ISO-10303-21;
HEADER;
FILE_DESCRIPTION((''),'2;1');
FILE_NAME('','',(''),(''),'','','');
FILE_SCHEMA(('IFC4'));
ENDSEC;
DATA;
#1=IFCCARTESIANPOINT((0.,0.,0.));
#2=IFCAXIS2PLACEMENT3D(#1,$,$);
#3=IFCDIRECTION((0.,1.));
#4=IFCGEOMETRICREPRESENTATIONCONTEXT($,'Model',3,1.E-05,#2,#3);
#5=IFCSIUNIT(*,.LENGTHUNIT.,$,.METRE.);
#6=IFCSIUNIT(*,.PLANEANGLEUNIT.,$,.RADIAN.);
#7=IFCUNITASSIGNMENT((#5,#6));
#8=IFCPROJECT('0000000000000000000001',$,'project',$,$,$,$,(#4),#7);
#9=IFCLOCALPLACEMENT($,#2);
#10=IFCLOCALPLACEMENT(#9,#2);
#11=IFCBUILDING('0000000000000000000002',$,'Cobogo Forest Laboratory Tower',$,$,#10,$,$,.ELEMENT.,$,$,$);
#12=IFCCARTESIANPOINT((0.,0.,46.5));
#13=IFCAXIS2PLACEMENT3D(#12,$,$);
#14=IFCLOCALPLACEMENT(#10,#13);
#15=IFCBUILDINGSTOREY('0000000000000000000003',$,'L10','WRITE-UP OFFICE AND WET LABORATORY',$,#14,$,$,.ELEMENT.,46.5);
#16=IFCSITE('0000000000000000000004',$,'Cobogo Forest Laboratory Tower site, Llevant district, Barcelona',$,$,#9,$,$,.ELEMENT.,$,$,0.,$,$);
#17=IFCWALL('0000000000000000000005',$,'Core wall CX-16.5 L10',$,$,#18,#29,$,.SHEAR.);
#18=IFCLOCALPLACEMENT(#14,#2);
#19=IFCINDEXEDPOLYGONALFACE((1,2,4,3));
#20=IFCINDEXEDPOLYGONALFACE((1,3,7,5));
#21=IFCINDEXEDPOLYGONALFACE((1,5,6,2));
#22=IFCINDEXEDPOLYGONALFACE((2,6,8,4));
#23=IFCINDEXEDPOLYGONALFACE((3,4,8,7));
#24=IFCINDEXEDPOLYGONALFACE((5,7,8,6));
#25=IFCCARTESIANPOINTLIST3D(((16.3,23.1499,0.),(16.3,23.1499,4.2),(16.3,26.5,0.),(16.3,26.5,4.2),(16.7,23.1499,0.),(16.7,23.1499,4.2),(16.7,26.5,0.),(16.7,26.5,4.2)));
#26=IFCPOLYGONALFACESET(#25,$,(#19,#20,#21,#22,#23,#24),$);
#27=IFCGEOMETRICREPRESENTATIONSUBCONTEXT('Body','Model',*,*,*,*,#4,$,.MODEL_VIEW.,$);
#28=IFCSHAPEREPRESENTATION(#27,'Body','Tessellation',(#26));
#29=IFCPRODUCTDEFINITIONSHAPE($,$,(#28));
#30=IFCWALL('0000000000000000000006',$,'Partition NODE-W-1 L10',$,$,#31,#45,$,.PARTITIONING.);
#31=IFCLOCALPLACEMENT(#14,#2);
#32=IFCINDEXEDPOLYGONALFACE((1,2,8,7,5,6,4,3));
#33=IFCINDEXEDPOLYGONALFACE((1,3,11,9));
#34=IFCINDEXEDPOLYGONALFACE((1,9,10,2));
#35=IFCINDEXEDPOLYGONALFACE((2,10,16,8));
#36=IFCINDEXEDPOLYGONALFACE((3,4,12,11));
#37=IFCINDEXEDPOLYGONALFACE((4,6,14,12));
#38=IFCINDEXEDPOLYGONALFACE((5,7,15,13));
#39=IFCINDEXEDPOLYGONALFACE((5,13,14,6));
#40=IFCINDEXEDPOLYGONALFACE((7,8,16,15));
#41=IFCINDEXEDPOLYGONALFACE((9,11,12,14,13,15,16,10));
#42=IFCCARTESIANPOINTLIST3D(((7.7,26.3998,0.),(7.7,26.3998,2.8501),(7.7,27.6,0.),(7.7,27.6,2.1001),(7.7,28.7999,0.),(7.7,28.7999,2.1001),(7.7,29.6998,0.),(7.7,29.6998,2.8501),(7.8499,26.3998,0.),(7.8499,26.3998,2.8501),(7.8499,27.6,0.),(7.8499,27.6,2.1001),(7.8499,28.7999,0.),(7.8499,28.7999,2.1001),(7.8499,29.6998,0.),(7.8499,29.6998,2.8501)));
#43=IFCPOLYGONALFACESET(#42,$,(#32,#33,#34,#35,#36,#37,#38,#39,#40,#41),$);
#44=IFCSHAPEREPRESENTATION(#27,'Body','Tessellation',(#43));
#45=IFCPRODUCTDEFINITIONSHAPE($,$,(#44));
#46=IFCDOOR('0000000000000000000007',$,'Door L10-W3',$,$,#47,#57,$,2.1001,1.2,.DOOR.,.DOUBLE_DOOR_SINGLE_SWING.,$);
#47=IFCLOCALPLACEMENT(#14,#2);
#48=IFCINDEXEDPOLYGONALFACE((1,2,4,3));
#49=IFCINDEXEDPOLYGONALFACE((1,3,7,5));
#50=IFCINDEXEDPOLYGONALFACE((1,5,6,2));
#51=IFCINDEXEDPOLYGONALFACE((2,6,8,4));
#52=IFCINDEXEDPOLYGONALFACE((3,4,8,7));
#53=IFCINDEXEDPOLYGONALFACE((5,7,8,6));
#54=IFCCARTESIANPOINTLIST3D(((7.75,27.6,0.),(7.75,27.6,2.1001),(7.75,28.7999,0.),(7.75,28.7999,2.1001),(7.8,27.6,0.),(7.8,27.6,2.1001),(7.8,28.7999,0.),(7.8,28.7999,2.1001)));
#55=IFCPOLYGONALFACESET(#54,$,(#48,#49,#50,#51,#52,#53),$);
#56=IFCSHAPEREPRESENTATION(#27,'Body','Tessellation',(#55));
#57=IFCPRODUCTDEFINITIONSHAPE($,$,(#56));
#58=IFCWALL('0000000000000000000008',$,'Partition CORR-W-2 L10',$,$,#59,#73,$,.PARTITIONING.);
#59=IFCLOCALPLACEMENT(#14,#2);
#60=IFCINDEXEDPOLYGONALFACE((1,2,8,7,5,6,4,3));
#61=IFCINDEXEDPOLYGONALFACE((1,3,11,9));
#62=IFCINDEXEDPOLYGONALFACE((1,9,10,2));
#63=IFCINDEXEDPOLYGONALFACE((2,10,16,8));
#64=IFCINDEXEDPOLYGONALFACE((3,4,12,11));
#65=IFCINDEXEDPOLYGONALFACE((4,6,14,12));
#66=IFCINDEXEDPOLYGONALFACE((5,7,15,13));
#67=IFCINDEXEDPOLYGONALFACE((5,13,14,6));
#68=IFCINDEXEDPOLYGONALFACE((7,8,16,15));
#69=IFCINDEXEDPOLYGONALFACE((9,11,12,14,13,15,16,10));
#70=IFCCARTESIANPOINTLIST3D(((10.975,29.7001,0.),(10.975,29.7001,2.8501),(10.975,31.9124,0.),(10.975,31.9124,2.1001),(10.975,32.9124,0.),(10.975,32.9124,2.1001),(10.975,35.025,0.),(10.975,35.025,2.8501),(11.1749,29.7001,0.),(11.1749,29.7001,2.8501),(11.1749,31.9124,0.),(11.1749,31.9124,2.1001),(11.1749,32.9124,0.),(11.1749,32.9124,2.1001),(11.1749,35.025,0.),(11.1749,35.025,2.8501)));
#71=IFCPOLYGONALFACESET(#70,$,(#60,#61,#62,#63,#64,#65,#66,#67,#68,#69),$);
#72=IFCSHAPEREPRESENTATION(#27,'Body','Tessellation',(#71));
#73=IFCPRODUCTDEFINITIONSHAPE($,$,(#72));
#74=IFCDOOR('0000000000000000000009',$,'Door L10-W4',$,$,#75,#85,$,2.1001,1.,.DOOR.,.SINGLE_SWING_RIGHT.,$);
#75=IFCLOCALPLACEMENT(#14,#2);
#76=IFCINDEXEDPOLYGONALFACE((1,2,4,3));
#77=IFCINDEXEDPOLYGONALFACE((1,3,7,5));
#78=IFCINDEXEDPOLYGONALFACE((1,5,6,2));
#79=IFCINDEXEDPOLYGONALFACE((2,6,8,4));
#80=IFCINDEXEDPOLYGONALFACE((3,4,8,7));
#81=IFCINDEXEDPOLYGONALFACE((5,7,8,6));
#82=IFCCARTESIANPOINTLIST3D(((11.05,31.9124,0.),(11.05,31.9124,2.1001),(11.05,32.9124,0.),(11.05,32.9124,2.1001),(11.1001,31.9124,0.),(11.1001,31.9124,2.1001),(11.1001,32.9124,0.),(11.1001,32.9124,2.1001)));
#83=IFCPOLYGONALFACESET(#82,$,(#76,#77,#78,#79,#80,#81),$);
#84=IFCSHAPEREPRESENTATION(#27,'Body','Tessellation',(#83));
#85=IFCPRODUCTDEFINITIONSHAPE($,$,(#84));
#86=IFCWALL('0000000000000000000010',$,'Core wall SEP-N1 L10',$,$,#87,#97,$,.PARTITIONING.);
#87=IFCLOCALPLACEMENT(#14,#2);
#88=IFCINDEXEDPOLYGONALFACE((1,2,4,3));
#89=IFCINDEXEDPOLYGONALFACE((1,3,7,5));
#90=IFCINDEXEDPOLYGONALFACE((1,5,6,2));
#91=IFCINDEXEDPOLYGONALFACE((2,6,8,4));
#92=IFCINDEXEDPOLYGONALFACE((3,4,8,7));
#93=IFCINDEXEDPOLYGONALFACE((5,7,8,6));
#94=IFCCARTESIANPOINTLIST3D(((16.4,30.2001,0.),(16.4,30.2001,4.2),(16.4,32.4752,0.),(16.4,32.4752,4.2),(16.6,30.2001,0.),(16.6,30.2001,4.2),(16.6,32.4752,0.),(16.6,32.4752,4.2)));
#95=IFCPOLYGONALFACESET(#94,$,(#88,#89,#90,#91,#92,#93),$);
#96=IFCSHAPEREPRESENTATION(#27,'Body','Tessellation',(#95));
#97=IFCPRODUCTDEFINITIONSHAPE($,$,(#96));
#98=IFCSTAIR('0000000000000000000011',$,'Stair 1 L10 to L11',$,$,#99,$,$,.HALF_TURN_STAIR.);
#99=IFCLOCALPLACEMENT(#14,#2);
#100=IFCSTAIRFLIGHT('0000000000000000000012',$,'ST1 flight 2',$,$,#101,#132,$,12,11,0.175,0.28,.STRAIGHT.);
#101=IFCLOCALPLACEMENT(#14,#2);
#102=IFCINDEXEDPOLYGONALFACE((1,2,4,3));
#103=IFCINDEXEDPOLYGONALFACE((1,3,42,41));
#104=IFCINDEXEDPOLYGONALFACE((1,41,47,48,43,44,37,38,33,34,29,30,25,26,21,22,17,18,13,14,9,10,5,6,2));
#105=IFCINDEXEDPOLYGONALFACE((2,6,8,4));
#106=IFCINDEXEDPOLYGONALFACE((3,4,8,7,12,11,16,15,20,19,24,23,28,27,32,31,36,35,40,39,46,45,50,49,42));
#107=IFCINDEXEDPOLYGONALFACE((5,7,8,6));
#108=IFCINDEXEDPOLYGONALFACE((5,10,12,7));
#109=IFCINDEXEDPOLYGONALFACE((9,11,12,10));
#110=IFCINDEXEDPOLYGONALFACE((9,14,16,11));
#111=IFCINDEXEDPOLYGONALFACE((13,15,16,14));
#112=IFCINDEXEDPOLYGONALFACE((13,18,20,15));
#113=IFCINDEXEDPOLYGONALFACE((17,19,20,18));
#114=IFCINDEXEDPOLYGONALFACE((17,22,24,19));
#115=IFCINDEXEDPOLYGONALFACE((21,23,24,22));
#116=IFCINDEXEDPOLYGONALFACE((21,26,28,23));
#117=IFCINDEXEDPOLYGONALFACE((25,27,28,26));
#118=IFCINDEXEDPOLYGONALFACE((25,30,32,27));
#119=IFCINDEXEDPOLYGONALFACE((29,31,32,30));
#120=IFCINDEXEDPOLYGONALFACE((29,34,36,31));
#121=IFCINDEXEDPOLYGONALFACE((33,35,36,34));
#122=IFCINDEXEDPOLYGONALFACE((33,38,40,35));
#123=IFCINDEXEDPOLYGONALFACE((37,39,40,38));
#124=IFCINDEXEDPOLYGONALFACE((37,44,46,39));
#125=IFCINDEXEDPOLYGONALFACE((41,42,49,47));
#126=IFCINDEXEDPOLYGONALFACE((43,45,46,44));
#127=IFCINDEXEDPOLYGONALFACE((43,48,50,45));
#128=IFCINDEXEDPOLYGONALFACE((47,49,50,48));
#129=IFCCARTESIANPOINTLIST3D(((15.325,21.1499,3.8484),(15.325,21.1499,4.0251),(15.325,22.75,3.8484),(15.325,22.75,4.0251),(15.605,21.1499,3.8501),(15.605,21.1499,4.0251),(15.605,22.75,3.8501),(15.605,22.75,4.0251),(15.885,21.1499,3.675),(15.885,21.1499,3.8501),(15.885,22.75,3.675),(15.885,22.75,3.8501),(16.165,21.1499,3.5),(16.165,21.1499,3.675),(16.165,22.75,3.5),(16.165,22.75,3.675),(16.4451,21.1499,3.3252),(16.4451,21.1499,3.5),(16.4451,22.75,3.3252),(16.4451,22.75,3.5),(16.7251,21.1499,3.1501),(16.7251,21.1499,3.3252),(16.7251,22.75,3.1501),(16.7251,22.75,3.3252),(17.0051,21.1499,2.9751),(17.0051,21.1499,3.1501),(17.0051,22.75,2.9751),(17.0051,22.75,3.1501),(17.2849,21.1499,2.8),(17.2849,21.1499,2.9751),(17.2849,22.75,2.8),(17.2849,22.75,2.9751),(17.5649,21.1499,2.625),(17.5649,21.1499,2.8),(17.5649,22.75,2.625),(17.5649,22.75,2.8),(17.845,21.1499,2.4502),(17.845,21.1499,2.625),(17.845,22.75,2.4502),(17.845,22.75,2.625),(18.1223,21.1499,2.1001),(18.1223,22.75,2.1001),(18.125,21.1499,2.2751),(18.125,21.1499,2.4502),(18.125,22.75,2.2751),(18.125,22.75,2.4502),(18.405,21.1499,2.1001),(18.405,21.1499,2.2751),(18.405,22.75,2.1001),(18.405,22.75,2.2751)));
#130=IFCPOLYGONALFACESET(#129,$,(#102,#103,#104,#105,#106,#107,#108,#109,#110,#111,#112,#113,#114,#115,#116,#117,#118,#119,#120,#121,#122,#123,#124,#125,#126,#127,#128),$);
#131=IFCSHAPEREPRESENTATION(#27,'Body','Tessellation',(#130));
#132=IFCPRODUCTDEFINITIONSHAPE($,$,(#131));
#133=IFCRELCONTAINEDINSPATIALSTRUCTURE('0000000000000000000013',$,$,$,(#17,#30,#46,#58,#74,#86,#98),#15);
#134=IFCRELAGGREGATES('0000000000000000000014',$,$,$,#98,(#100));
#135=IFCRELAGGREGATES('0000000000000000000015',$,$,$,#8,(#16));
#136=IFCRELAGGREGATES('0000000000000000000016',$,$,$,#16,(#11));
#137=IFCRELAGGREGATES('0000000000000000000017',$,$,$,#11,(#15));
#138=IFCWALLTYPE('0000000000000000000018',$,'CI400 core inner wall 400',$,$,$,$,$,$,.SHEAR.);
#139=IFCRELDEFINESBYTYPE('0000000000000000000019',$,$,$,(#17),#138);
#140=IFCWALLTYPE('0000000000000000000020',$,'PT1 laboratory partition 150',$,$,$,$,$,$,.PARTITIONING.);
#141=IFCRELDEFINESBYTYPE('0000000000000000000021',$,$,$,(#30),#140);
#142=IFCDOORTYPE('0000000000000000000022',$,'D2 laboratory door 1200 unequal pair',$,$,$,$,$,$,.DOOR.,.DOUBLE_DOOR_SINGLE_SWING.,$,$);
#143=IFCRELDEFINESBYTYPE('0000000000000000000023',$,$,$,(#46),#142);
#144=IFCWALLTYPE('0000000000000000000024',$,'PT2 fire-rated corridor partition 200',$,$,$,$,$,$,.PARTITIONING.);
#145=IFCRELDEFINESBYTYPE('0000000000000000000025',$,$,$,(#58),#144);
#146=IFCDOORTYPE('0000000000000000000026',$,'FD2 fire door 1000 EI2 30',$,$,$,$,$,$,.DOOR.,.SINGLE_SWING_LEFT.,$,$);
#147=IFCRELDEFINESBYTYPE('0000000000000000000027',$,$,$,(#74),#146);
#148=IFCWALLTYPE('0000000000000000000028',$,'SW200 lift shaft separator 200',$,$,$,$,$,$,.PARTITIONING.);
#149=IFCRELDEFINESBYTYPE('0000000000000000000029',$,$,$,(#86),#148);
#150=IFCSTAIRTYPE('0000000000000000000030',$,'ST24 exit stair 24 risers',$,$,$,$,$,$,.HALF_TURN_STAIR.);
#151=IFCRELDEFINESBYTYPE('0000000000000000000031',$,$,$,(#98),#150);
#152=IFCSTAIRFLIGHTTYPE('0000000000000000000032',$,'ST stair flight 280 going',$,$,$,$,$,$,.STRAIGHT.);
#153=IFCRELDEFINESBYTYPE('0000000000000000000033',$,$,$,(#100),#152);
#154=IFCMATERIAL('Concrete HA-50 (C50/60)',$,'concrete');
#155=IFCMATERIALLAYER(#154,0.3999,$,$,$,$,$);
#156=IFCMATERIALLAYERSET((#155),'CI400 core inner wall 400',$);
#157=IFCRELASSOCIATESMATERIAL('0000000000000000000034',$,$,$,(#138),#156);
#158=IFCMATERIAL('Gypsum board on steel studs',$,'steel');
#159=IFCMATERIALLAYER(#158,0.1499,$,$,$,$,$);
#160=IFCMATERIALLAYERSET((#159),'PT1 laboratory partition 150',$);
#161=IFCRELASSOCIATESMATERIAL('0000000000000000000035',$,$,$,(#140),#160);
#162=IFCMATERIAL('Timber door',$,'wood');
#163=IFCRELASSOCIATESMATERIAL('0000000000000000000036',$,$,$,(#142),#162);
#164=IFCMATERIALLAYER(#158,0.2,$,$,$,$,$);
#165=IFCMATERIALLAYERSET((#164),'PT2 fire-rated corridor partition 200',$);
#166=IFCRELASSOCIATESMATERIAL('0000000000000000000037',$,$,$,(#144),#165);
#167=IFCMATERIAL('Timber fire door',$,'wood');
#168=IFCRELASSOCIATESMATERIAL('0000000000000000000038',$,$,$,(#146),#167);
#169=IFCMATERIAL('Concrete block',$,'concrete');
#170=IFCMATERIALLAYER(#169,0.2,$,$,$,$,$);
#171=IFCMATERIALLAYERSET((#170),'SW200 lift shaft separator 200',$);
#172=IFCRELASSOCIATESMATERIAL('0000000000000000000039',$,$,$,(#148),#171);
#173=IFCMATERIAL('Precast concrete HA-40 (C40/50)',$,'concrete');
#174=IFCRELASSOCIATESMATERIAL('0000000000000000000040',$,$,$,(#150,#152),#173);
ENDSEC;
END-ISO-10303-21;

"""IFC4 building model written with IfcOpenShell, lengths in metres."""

from ifc_helpers import new_model, si_unit, direction, frame, frame_2d, origin, place, context, subcontext, project, spatial, polyline, rectangle, outline, extrude, material, layer, layer_set, type_object, element, fill, aggregate, save


model = new_model("IFC4")

# Units and contexts
model_context = context("Model", 3, precision=1e-05, world=origin(), true_north=direction((0.0, 1.0)))
body_context = subcontext(model_context, "Body", "Model", "MODEL_VIEW")
ifc_project = project(units=[si_unit("LENGTHUNIT", "METRE"), si_unit("PLANEANGLEUNIT", "RADIAN")], contexts=[model_context])

# Site, building, storey
site_placement = place(None, origin())
site = spatial("IfcSite", under=ifc_project, at=site_placement, Name="Cobogo Forest Laboratory Tower site, Llevant district, Barcelona", CompositionType="ELEMENT", RefElevation=0.0)
building_placement = place(site_placement, origin())
building = spatial("IfcBuilding", under=site, at=building_placement, Name="Cobogo Forest Laboratory Tower", CompositionType="ELEMENT")
storey_placement = place(building_placement, frame((0.0, 0.0, 46.5)))
storey = spatial("IfcBuildingStorey", under=building, at=storey_placement, Name="L10", Description="WRITE-UP OFFICE AND WET LABORATORY", CompositionType="ELEMENT", Elevation=46.5)

# Shared definitions
ifc_material_1 = material(Name="Concrete HA-50 (C50/60)", Category="concrete")
ifc_layer_1 = layer(ifc_material_1, 0.3999)
ifc_layer_set_1 = layer_set([ifc_layer_1], Name="CI400 core inner wall 400")
wall_type_1 = type_object("IfcWallType", Name="CI400 core inner wall 400", PredefinedType="SHEAR", material=ifc_layer_set_1)

# Wall
wall_1_placement = place(storey_placement, frame((16.5, 23.1499, 0.0), z_axis=(0.0, 0.0, 1.0), x_axis=(0.0, 1.0, 0.0)))
element("IfcWall", 1, at=wall_1_placement, inside=storey, type_object=wall_type_1, Name="Core wall CX-16.5 L10", PredefinedType="SHEAR", context=body_context, shape_type="SweptSolid", body=[
    extrude(rectangle(XDim=3.3501, YDim=0.3999, at=frame_2d((1.675, 0.0))), origin(), (0.0, 0.0, 1.0), 4.2),
])

# Walls, openings, doors
ifc_material_2 = material(Name="Gypsum board on steel studs", Category="steel")
ifc_layer_2 = layer(ifc_material_2, 0.1499)
ifc_layer_set_2 = layer_set([ifc_layer_2], Name="PT1 laboratory partition 150")
wall_type_2 = type_object("IfcWallType", Name="PT1 laboratory partition 150", PredefinedType="PARTITIONING", material=ifc_layer_set_2)
wall_2_placement = place(storey_placement, frame((7.7749, 26.3999, 0.0), z_axis=(0.0, 0.0, 1.0), x_axis=(0.0, 1.0, 0.0)))
wall_2 = element("IfcWall", 2, at=wall_2_placement, inside=storey, type_object=wall_type_2, Name="Partition NODE-W-1 L10", PredefinedType="PARTITIONING", context=body_context, shape_type="SweptSolid", body=[
    extrude(rectangle(XDim=3.3, YDim=0.1499, at=frame_2d((1.6499, 0.0))), origin(), (0.0, 0.0, 1.0), 2.8501),
])
opening_1_placement = place(wall_2_placement, frame((1.2, 0.0, 0.0)))
opening_1 = element("IfcOpeningElement", 3, at=opening_1_placement, cuts=wall_2, PredefinedType="OPENING", context=body_context, shape_type="SweptSolid", body=[
    extrude(rectangle(XDim=1.2, YDim=2.1001, at=frame_2d((0.6001, 1.05))), frame((0.0, 0.085, 0.0), z_axis=(0.0, -1.0, 0.0), x_axis=(1.0, 0.0, 0.0)), (0.0, 0.0, 1.0), 0.1699),
])
ifc_material_3 = material(Name="Timber door", Category="wood")
door_type_1 = type_object("IfcDoorType", Name="D2 laboratory door 1200 unequal pair", OperationType="DOUBLE_DOOR_SINGLE_SWING", PredefinedType="DOOR", material=ifc_material_3)
door_1_placement = place(opening_1_placement, origin())
door_1 = element("IfcDoor", 4, at=door_1_placement, inside=storey, type_object=door_type_1, Name="Door L10-W3", OperationType="DOUBLE_DOOR_SINGLE_SWING", OverallHeight=2.1001, OverallWidth=1.2, PredefinedType="DOOR", context=body_context, shape_type="SweptSolid", body=[
    extrude(rectangle(XDim=1.2, YDim=2.1001, at=frame_2d((0.6001, 1.05))), frame((0.0, 0.0249, 0.0), z_axis=(0.0, -1.0, 0.0), x_axis=(1.0, 0.0, 0.0)), (0.0, 0.0, 1.0), 0.05),
])
fill(opening_1, door_1)
ifc_layer_3 = layer(ifc_material_2, 0.2)
ifc_layer_set_3 = layer_set([ifc_layer_3], Name="PT2 fire-rated corridor partition 200")
wall_type_3 = type_object("IfcWallType", Name="PT2 fire-rated corridor partition 200", PredefinedType="PARTITIONING", material=ifc_layer_set_3)
wall_3_placement = place(storey_placement, frame((11.075, 29.7, 0.0), z_axis=(0.0, 0.0, 1.0), x_axis=(0.0, 1.0, 0.0)))
wall_3 = element("IfcWall", 5, at=wall_3_placement, inside=storey, type_object=wall_type_3, Name="Partition CORR-W-2 L10", PredefinedType="PARTITIONING", context=body_context, shape_type="SweptSolid", body=[
    extrude(rectangle(XDim=5.325, YDim=0.2, at=frame_2d((2.6626, 0.0))), origin(), (0.0, 0.0, 1.0), 2.8501),
])
opening_2_placement = place(wall_3_placement, frame((2.2124, 0.0, 0.0)))
opening_2 = element("IfcOpeningElement", 6, at=opening_2_placement, cuts=wall_3, PredefinedType="OPENING", context=body_context, shape_type="SweptSolid", body=[
    extrude(rectangle(XDim=1.0, YDim=2.1001, at=frame_2d((0.5, 1.05))), frame((0.0, 0.1099, 0.0), z_axis=(0.0, -1.0, 0.0), x_axis=(1.0, 0.0, 0.0)), (0.0, 0.0, 1.0), 0.22),
])
ifc_material_4 = material(Name="Timber fire door", Category="wood")
door_type_2 = type_object("IfcDoorType", Name="FD2 fire door 1000 EI2 30", OperationType="SINGLE_SWING_LEFT", PredefinedType="DOOR", material=ifc_material_4)
door_2_placement = place(opening_2_placement, origin())
door_2 = element("IfcDoor", 7, at=door_2_placement, inside=storey, type_object=door_type_2, Name="Door L10-W4", OperationType="SINGLE_SWING_RIGHT", OverallHeight=2.1001, OverallWidth=1.0, PredefinedType="DOOR", context=body_context, shape_type="SweptSolid", body=[
    extrude(rectangle(XDim=1.0, YDim=2.1001, at=frame_2d((0.5, 1.05))), frame((0.0, 0.0249, 0.0), z_axis=(0.0, -1.0, 0.0), x_axis=(1.0, 0.0, 0.0)), (0.0, 0.0, 1.0), 0.05),
])
fill(opening_2, door_2)

# Wall
ifc_material_5 = material(Name="Concrete block", Category="concrete")
ifc_layer_4 = layer(ifc_material_5, 0.2)
ifc_layer_set_4 = layer_set([ifc_layer_4], Name="SW200 lift shaft separator 200")
wall_type_4 = type_object("IfcWallType", Name="SW200 lift shaft separator 200", PredefinedType="PARTITIONING", material=ifc_layer_set_4)
wall_4_placement = place(storey_placement, frame((16.5, 30.2, 0.0), z_axis=(0.0, 0.0, 1.0), x_axis=(0.0, 1.0, 0.0)))
element("IfcWall", 8, at=wall_4_placement, inside=storey, type_object=wall_type_4, Name="Core wall SEP-N1 L10", PredefinedType="PARTITIONING", context=body_context, shape_type="SweptSolid", body=[
    extrude(rectangle(XDim=2.2751, YDim=0.2, at=frame_2d((1.1377, 0.0))), origin(), (0.0, 0.0, 1.0), 4.2),
])

# Stair, stair flight
ifc_material_6 = material(Name="Precast concrete HA-40 (C40/50)", Category="concrete")
stair_type = type_object("IfcStairType", Name="ST24 exit stair 24 risers", PredefinedType="HALF_TURN_STAIR", material=ifc_material_6)
stair_placement = place(storey_placement, origin())
stair = element("IfcStair", 9, at=stair_placement, inside=storey, type_object=stair_type, Name="Stair 1 L10 to L11", PredefinedType="HALF_TURN_STAIR")
stair_flight_type = type_object("IfcStairFlightType", Name="ST stair flight 280 going", PredefinedType="STRAIGHT", material=ifc_material_6)
stair_flight_placement = place(storey_placement, frame((18.405, 21.95, 2.1001), z_axis=(0.0, 0.0, 1.0), x_axis=(-1.0, 0.0, 0.0)))
stair_flight = element("IfcStairFlight", 10, at=stair_flight_placement, type_object=stair_flight_type, Name="ST1 flight 2", NumberOfRisers=12, NumberOfTreads=11, PredefinedType="STRAIGHT", RiserHeight=0.175, TreadLength=0.28, context=body_context, shape_type="SweptSolid", body=[
    extrude(outline(polyline([(0.0, 0.0), (0.0, 0.175), (0.28, 0.175), (0.28, 0.3501), (0.5601, 0.3501), (0.5601, 0.5249), (0.8401, 0.5249), (0.8401, 0.7), (1.1201, 0.7), (1.1201, 0.875), (1.3999, 0.875), (1.3999, 1.05), (1.6799, 1.05), (1.6799, 1.2251), (1.96, 1.2251), (1.96, 1.3999), (2.24, 1.3999), (2.24, 1.575), (2.52, 1.575), (2.52, 1.75), (2.8, 1.75), (2.8, 1.925), (3.0801, 1.925), (3.0801, 2.1001), (3.0801, 1.7483), (0.2827, 0.0), (0.0, 0.0)])), frame((0.0, 0.8, 0.0), z_axis=(0.0, -1.0, 0.0), x_axis=(1.0, 0.0, 0.0)), (0.0, 0.0, 1.0), 1.6001),
])
aggregate(stair, [stair_flight])

save(model, "model.ifc")
